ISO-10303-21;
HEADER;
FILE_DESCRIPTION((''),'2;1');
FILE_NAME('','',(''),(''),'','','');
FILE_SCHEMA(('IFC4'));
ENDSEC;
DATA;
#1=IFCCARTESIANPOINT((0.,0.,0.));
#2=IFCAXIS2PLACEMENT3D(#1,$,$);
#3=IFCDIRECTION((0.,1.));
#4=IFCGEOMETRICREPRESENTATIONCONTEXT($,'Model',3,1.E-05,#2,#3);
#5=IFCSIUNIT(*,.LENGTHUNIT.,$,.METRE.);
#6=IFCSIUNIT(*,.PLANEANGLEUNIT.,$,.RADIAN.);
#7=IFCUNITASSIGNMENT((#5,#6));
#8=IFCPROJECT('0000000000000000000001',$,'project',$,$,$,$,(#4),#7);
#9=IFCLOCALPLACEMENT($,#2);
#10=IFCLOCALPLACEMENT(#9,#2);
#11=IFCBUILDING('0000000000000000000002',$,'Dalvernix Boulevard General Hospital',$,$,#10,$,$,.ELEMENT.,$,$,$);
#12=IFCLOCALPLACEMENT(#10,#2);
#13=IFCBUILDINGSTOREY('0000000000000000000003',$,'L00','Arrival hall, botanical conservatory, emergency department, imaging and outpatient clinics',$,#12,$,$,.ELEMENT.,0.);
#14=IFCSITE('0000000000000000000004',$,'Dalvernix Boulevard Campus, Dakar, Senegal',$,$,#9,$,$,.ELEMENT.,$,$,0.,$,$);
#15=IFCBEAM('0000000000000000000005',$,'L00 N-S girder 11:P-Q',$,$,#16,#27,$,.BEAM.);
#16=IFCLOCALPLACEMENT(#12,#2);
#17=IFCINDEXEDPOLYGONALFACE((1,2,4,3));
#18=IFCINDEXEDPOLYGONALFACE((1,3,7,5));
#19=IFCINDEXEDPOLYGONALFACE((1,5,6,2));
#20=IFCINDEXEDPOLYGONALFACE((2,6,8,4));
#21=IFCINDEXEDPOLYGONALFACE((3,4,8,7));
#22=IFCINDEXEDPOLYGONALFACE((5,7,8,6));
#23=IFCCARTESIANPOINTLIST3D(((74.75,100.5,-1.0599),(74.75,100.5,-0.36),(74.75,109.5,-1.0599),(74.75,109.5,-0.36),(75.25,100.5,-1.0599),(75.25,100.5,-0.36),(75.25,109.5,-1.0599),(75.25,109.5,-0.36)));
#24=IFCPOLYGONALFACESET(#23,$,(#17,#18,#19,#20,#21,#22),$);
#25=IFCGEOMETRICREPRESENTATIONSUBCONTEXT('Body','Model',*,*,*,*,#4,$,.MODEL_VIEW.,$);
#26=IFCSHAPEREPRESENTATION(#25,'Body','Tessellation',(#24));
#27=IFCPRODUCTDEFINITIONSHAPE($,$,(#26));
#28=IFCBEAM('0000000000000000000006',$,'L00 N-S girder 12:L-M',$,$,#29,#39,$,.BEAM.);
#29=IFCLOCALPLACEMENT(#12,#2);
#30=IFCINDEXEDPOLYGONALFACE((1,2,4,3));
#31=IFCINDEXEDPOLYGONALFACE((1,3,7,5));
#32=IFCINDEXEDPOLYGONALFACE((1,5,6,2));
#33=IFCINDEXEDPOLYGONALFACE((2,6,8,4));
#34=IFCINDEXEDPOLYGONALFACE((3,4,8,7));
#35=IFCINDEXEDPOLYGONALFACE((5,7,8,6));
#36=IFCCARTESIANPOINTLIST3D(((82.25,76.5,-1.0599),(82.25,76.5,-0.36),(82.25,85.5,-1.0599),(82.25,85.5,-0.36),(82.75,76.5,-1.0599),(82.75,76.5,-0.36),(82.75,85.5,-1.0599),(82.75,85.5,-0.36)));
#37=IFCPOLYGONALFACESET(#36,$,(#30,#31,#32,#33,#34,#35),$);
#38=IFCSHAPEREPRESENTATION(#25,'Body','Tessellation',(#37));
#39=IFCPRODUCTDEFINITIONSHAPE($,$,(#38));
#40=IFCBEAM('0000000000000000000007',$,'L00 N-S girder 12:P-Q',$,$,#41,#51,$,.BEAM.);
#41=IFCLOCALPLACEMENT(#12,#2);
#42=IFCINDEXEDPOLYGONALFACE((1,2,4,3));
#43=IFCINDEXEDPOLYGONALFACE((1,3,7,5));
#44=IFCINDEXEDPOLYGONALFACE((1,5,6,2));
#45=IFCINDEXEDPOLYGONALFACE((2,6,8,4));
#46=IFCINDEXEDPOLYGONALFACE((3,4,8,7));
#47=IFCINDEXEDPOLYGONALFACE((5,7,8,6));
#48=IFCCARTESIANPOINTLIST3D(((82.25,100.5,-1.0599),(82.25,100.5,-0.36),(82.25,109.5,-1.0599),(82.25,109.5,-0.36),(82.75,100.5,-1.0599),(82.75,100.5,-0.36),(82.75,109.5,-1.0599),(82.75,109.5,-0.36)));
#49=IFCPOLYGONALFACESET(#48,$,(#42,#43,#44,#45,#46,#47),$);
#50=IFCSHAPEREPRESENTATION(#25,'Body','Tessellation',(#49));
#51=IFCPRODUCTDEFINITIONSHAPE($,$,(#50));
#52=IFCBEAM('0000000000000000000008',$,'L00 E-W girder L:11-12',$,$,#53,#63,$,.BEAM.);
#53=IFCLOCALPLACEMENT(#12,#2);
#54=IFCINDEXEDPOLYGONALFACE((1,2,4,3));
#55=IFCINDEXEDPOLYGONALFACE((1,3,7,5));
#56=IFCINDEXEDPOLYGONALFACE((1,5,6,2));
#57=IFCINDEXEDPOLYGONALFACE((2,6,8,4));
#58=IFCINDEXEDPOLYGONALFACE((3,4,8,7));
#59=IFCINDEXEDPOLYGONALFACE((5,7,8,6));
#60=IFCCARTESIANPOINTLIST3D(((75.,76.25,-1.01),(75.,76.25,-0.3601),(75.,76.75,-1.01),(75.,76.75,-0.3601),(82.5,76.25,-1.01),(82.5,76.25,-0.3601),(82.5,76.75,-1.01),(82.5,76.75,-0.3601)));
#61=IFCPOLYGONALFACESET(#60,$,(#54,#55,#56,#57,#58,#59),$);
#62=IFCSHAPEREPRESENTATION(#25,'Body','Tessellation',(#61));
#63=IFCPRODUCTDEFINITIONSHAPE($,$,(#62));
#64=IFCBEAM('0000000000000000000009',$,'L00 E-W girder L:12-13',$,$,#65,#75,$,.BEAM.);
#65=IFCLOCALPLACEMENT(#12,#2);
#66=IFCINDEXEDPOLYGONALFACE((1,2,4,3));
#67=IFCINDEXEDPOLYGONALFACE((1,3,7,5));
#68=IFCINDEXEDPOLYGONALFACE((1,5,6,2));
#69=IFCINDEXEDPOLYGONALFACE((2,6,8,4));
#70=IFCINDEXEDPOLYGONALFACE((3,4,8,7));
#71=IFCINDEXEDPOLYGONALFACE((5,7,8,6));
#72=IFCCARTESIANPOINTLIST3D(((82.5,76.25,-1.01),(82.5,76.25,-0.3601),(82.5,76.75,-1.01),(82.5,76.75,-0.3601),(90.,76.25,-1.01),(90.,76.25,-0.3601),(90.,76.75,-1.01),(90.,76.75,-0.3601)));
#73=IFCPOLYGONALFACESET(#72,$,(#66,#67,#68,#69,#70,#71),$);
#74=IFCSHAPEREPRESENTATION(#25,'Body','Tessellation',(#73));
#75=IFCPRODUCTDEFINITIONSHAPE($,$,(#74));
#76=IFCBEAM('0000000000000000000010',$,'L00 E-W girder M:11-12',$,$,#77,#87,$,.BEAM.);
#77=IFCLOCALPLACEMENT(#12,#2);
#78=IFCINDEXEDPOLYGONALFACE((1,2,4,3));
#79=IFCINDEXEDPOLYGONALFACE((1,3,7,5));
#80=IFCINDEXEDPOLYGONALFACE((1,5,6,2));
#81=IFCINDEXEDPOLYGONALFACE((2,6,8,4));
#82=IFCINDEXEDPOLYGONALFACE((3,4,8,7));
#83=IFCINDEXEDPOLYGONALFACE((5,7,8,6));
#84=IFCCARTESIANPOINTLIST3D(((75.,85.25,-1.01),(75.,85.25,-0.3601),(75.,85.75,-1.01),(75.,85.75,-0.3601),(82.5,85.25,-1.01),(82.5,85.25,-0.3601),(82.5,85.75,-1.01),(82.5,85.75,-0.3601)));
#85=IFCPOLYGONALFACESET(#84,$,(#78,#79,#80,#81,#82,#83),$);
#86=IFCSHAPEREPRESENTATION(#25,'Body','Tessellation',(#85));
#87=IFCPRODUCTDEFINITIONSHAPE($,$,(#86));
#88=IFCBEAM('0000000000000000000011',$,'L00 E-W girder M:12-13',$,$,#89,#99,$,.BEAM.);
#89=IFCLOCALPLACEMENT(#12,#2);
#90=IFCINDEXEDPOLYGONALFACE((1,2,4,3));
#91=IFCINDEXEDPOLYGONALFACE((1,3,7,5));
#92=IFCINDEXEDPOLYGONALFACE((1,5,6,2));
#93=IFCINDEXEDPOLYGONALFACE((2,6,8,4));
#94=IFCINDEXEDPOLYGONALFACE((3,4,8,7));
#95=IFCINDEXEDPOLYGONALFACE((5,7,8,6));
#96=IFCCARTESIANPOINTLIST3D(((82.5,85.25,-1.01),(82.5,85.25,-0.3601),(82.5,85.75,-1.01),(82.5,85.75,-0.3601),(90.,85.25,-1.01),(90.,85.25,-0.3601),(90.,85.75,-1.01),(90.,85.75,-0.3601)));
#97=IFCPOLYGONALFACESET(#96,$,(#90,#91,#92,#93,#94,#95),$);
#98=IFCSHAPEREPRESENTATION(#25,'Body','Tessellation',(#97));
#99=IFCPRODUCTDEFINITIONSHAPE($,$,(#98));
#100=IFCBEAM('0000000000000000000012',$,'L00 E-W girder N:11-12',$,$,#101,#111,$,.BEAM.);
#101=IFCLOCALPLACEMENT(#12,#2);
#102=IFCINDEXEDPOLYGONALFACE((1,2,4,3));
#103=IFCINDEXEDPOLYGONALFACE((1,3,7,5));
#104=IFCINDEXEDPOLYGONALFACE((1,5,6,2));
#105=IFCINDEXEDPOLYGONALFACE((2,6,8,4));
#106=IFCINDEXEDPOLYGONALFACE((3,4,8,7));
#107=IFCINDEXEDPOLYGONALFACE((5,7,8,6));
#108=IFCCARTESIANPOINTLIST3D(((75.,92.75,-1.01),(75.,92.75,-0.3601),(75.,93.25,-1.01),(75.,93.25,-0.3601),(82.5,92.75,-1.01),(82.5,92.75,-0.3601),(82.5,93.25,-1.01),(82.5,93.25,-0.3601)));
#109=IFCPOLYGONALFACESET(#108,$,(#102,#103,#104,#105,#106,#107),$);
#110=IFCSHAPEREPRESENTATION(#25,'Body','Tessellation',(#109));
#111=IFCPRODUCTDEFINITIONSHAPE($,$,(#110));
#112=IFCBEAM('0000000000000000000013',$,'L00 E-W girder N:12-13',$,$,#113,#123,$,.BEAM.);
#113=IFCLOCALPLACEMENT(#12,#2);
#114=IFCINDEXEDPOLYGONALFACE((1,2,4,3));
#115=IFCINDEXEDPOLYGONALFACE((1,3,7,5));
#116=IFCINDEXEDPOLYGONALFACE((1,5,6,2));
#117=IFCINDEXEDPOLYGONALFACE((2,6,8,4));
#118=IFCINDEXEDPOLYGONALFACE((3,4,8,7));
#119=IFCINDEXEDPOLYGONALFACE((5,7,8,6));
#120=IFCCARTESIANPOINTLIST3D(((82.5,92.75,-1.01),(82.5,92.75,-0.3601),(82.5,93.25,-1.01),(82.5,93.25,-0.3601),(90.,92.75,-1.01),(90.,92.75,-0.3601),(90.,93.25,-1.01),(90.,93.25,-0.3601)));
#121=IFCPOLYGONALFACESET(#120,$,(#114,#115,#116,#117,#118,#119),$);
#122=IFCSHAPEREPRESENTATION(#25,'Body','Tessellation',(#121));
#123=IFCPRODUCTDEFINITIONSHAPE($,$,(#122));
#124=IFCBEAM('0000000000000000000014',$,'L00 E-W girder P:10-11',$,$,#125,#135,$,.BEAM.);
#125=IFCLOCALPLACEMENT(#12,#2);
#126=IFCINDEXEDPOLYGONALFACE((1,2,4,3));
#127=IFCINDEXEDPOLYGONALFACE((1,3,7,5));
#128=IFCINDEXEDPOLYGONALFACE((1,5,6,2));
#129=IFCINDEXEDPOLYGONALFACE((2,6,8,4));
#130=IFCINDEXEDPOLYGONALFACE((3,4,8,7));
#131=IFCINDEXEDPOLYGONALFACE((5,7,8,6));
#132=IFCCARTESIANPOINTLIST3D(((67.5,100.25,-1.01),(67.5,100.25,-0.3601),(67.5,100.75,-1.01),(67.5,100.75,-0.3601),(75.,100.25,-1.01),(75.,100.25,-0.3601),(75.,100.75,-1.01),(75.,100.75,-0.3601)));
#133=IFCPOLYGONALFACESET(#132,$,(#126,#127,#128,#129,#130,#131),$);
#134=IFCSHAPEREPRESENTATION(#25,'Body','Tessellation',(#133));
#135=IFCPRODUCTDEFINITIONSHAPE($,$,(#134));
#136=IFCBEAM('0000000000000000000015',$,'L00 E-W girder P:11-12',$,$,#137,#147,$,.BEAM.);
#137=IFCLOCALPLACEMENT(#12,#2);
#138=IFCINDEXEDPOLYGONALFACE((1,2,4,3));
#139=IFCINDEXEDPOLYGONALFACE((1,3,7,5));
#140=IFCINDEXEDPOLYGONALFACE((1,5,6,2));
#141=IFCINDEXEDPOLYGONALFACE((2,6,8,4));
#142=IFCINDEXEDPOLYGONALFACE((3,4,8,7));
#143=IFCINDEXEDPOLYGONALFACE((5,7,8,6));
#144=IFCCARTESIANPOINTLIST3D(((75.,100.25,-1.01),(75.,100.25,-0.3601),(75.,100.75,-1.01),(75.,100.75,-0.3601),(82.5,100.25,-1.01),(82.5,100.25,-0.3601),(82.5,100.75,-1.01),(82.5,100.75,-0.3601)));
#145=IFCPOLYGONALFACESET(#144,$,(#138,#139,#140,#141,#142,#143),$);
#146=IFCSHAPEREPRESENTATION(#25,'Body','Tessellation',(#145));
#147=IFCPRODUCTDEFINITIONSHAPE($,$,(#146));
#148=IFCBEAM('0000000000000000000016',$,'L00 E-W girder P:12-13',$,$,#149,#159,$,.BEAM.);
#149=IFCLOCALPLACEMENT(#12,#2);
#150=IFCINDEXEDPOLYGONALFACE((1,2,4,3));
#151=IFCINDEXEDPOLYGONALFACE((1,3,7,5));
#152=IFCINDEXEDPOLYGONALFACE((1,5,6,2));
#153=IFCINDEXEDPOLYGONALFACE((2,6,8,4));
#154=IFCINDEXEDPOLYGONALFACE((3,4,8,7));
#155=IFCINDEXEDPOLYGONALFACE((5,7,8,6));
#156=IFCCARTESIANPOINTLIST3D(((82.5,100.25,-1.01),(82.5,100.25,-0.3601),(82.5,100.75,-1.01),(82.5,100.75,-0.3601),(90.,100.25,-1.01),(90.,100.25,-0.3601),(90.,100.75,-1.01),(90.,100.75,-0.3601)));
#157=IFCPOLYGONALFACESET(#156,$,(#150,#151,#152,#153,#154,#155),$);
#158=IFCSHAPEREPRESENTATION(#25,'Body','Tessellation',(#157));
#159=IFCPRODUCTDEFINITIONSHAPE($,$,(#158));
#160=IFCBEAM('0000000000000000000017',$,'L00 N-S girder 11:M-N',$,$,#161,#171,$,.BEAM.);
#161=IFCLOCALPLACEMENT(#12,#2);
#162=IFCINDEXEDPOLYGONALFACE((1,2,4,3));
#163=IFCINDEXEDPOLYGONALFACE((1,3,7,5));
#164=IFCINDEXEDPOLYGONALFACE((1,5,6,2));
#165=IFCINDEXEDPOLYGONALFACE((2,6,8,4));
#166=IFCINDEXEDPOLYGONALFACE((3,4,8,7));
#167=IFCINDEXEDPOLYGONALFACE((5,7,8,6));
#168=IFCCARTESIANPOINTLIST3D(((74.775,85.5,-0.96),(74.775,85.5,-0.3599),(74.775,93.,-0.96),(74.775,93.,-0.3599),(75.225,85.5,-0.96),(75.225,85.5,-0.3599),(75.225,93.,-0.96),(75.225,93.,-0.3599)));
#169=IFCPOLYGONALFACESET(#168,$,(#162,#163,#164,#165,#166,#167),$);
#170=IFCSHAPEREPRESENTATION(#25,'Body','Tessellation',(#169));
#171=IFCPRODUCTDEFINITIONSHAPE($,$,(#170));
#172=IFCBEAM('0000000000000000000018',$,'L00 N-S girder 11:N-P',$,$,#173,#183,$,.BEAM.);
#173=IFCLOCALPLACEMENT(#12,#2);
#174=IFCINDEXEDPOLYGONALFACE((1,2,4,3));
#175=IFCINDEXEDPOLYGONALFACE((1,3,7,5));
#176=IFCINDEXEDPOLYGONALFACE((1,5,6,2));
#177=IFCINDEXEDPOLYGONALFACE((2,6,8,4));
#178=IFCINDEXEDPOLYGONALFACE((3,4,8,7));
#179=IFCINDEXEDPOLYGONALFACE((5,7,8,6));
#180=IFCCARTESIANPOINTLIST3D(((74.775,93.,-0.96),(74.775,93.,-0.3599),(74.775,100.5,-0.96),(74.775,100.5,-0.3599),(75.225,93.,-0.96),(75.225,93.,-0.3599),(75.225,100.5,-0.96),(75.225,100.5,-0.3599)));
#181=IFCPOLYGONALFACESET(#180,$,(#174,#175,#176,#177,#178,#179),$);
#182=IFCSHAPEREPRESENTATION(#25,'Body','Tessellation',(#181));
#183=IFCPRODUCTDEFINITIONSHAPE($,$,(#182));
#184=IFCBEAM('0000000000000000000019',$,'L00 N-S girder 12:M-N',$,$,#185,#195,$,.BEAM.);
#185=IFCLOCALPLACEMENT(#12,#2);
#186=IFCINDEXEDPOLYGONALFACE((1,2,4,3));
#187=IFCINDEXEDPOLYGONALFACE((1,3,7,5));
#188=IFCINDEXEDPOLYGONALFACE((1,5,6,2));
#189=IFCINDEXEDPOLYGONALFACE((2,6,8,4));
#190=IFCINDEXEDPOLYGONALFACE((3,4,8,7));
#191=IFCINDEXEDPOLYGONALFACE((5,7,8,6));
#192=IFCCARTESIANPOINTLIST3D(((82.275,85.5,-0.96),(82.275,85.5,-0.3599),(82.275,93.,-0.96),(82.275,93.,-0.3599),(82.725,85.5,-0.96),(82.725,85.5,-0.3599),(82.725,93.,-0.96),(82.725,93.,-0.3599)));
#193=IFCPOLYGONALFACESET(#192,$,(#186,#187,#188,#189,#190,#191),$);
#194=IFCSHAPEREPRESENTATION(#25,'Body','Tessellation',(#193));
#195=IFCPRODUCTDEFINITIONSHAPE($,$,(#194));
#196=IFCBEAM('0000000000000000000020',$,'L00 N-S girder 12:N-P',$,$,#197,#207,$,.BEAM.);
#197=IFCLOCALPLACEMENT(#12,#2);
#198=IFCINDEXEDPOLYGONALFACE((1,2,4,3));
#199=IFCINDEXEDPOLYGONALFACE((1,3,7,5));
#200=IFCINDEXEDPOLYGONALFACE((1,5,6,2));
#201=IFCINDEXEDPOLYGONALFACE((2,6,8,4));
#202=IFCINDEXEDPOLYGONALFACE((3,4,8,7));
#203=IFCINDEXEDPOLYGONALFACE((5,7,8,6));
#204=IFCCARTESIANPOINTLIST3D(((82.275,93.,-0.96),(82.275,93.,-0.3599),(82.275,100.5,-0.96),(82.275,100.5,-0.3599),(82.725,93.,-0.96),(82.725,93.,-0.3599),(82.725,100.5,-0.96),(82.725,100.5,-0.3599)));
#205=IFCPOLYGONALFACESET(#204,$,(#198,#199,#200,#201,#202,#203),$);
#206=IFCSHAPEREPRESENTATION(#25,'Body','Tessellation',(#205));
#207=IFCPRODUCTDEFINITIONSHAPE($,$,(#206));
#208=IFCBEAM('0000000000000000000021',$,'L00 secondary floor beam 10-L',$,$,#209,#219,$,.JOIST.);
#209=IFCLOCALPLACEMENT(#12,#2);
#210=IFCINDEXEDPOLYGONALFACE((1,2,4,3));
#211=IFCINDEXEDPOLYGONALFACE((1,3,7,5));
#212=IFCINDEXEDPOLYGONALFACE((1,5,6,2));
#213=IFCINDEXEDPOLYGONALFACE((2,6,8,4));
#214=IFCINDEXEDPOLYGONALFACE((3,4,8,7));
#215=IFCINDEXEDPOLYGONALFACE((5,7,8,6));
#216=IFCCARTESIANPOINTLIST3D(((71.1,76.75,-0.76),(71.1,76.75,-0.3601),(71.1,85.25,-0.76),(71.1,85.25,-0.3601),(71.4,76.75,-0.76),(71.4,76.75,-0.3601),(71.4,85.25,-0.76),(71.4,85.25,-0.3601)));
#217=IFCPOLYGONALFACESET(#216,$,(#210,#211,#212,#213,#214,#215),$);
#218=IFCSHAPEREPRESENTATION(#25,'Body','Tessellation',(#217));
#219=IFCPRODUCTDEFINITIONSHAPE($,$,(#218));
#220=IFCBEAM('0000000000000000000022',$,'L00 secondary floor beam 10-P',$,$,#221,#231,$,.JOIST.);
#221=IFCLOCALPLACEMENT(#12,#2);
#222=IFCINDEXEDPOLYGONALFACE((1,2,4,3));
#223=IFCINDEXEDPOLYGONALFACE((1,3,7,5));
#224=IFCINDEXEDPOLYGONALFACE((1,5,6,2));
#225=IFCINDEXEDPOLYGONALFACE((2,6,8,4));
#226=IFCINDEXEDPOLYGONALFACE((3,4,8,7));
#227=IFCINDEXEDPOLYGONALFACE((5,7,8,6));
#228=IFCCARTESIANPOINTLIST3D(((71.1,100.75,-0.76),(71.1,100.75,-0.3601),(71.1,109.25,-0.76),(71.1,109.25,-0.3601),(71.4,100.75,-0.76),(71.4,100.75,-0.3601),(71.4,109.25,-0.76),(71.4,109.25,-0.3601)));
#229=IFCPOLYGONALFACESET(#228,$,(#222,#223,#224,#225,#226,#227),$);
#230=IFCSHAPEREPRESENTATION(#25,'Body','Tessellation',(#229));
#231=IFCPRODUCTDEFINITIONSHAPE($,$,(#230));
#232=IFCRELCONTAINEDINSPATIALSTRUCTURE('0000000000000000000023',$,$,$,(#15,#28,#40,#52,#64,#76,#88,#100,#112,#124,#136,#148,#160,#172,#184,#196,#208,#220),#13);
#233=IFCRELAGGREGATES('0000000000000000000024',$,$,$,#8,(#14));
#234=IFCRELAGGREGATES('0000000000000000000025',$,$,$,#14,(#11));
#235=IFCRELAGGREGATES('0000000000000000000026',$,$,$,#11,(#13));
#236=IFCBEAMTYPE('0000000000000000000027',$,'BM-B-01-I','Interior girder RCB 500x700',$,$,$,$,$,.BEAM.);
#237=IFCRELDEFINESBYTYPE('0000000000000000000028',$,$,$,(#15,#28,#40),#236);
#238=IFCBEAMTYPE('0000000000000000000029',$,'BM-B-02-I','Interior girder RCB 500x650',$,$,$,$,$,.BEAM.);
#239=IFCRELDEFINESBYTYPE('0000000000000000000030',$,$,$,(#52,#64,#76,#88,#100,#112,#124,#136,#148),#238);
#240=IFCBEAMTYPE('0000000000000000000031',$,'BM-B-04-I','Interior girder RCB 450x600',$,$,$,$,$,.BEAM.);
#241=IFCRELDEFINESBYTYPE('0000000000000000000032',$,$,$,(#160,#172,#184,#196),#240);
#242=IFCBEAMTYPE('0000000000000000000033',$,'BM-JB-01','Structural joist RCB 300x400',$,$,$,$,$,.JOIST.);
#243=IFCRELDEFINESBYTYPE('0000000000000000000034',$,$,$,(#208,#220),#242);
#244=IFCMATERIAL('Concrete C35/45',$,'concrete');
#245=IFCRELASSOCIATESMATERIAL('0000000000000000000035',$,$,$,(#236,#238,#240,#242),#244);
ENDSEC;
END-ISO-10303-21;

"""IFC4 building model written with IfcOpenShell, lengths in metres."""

from ifc_helpers import new_model, si_unit, direction, frame, origin, origin_2d, place, context, subcontext, project, spatial, rectangle, extrude, material, material_profile, profile_set, type_object, element, save


model = new_model("IFC4")

# Units and contexts
model_context = context("Model", 3, precision=1e-05, world=origin(), true_north=direction((0.0, 1.0)))
body_context = subcontext(model_context, "Body", "Model", "MODEL_VIEW")
ifc_project = project(units=[si_unit("LENGTHUNIT", "METRE"), si_unit("PLANEANGLEUNIT", "RADIAN")], contexts=[model_context])

# Site, building, storey
site_placement = place(None, origin())
site = spatial("IfcSite", under=ifc_project, at=site_placement, Name="Dalvernix Boulevard Campus, Dakar, Senegal", CompositionType="ELEMENT", RefElevation=0.0)
building_placement = place(site_placement, origin())
building = spatial("IfcBuilding", under=site, at=building_placement, Name="Dalvernix Boulevard General Hospital", CompositionType="ELEMENT")
storey_placement = place(building_placement, origin())
storey = spatial("IfcBuildingStorey", under=building, at=storey_placement, Name="L00", Description="Arrival hall, botanical conservatory, emergency department, imaging and outpatient clinics", CompositionType="ELEMENT", Elevation=0.0)

# Beams
ifc_material_1 = material(Name="Concrete C35/45", Category="concrete")
ifc_material_profile_1 = material_profile(ifc_material_1, rectangle(XDim=0.5, YDim=0.7, at=origin_2d()), Name="RCB 500x700")
ifc_profile_set_1 = profile_set([ifc_material_profile_1], Name="Concrete C35/45")
beam_type_1 = type_object("IfcBeamType", Name="BM-B-01-I", Description="Interior girder RCB 500x700", PredefinedType="BEAM", material=ifc_profile_set_1)
for number, where, z_axis, x_axis, name in (
    (1, (75.0, 100.5, -0.71), (0.0, 1.0, 0.0), (-1.0, 0.0, 0.0), "L00 N-S girder 11:P-Q"),
    (2, (82.5, 76.5, -0.71), (0.0, 1.0, 0.0), (-1.0, 0.0, 0.0), "L00 N-S girder 12:L-M"),
    (3, (82.5, 100.5, -0.71), (0.0, 1.0, 0.0), (-1.0, 0.0, 0.0), "L00 N-S girder 12:P-Q"),
):
    element("IfcBeam", number, at=place(storey_placement, frame(where, z_axis=z_axis, x_axis=x_axis)), inside=storey, type_object=beam_type_1, Name=name, PredefinedType="BEAM", context=body_context, shape_type="SweptSolid", body=[
        extrude(rectangle(XDim=0.5, YDim=0.7, at=origin_2d()), origin(), (0.0, 0.0, 1.0), 9.0),
    ])
ifc_material_profile_2 = material_profile(ifc_material_1, rectangle(XDim=0.5, YDim=0.6499, at=origin_2d()), Name="RCB 500x650")
ifc_profile_set_2 = profile_set([ifc_material_profile_2], Name="Concrete C35/45")
beam_type_2 = type_object("IfcBeamType", Name="BM-B-02-I", Description="Interior girder RCB 500x650", PredefinedType="BEAM", material=ifc_profile_set_2)
for number, where, z_axis, x_axis, name in (
    (4, (75.0, 76.5, -0.6851), (1.0, 0.0, 0.0), (0.0, 1.0, 0.0), "L00 E-W girder L:11-12"),
    (5, (82.5, 76.5, -0.6851), (1.0, 0.0, 0.0), (0.0, 1.0, 0.0), "L00 E-W girder L:12-13"),
    (6, (75.0, 85.5, -0.6851), (1.0, 0.0, 0.0), (0.0, 1.0, 0.0), "L00 E-W girder M:11-12"),
    (7, (82.5, 85.5, -0.6851), (1.0, 0.0, 0.0), (0.0, 1.0, 0.0), "L00 E-W girder M:12-13"),
    (8, (75.0, 93.0, -0.6851), (1.0, 0.0, 0.0), (0.0, 1.0, 0.0), "L00 E-W girder N:11-12"),
    (9, (82.5, 93.0, -0.6851), (1.0, 0.0, 0.0), (0.0, 1.0, 0.0), "L00 E-W girder N:12-13"),
    (10, (67.5, 100.5, -0.6851), (1.0, 0.0, 0.0), (0.0, 1.0, 0.0), "L00 E-W girder P:10-11"),
    (11, (75.0, 100.5, -0.6851), (1.0, 0.0, 0.0), (0.0, 1.0, 0.0), "L00 E-W girder P:11-12"),
    (12, (82.5, 100.5, -0.6851), (1.0, 0.0, 0.0), (0.0, 1.0, 0.0), "L00 E-W girder P:12-13"),
):
    element("IfcBeam", number, at=place(storey_placement, frame(where, z_axis=z_axis, x_axis=x_axis)), inside=storey, type_object=beam_type_2, Name=name, PredefinedType="BEAM", context=body_context, shape_type="SweptSolid", body=[
        extrude(rectangle(XDim=0.5, YDim=0.6499, at=origin_2d()), origin(), (0.0, 0.0, 1.0), 7.5),
    ])
ifc_material_profile_3 = material_profile(ifc_material_1, rectangle(XDim=0.45, YDim=0.6001, at=origin_2d()), Name="RCB 450x600")
ifc_profile_set_3 = profile_set([ifc_material_profile_3], Name="Concrete C35/45")
beam_type_3 = type_object("IfcBeamType", Name="BM-B-04-I", Description="Interior girder RCB 450x600", PredefinedType="BEAM", material=ifc_profile_set_3)
for number, where, z_axis, x_axis, name in (
    (13, (75.0, 85.5, -0.6599), (0.0, 1.0, 0.0), (-1.0, 0.0, 0.0), "L00 N-S girder 11:M-N"),
    (14, (75.0, 93.0, -0.6599), (0.0, 1.0, 0.0), (-1.0, 0.0, 0.0), "L00 N-S girder 11:N-P"),
    (15, (82.5, 85.5, -0.6599), (0.0, 1.0, 0.0), (-1.0, 0.0, 0.0), "L00 N-S girder 12:M-N"),
    (16, (82.5, 93.0, -0.6599), (0.0, 1.0, 0.0), (-1.0, 0.0, 0.0), "L00 N-S girder 12:N-P"),
):
    element("IfcBeam", number, at=place(storey_placement, frame(where, z_axis=z_axis, x_axis=x_axis)), inside=storey, type_object=beam_type_3, Name=name, PredefinedType="BEAM", context=body_context, shape_type="SweptSolid", body=[
        extrude(rectangle(XDim=0.45, YDim=0.6001, at=origin_2d()), origin(), (0.0, 0.0, 1.0), 7.5),
    ])
ifc_material_profile_4 = material_profile(ifc_material_1, rectangle(XDim=0.3, YDim=0.3999, at=origin_2d()), Name="RCB 300x400")
ifc_profile_set_4 = profile_set([ifc_material_profile_4], Name="Concrete C35/45")
beam_type_4 = type_object("IfcBeamType", Name="BM-JB-01", Description="Structural joist RCB 300x400", PredefinedType="JOIST", material=ifc_profile_set_4)
for number, where, z_axis, x_axis, name in (
    (17, (71.25, 76.75, -0.5601), (0.0, 1.0, 0.0), (-1.0, 0.0, 0.0), "L00 secondary floor beam 10-L"),
    (18, (71.25, 100.75, -0.5601), (0.0, 1.0, 0.0), (-1.0, 0.0, 0.0), "L00 secondary floor beam 10-P"),
):
    element("IfcBeam", number, at=place(storey_placement, frame(where, z_axis=z_axis, x_axis=x_axis)), inside=storey, type_object=beam_type_4, Name=name, PredefinedType="JOIST", context=body_context, shape_type="SweptSolid", body=[
        extrude(rectangle(XDim=0.3, YDim=0.3999, at=origin_2d()), origin(), (0.0, 0.0, 1.0), 8.5),
    ])

save(model, "model.ifc")
